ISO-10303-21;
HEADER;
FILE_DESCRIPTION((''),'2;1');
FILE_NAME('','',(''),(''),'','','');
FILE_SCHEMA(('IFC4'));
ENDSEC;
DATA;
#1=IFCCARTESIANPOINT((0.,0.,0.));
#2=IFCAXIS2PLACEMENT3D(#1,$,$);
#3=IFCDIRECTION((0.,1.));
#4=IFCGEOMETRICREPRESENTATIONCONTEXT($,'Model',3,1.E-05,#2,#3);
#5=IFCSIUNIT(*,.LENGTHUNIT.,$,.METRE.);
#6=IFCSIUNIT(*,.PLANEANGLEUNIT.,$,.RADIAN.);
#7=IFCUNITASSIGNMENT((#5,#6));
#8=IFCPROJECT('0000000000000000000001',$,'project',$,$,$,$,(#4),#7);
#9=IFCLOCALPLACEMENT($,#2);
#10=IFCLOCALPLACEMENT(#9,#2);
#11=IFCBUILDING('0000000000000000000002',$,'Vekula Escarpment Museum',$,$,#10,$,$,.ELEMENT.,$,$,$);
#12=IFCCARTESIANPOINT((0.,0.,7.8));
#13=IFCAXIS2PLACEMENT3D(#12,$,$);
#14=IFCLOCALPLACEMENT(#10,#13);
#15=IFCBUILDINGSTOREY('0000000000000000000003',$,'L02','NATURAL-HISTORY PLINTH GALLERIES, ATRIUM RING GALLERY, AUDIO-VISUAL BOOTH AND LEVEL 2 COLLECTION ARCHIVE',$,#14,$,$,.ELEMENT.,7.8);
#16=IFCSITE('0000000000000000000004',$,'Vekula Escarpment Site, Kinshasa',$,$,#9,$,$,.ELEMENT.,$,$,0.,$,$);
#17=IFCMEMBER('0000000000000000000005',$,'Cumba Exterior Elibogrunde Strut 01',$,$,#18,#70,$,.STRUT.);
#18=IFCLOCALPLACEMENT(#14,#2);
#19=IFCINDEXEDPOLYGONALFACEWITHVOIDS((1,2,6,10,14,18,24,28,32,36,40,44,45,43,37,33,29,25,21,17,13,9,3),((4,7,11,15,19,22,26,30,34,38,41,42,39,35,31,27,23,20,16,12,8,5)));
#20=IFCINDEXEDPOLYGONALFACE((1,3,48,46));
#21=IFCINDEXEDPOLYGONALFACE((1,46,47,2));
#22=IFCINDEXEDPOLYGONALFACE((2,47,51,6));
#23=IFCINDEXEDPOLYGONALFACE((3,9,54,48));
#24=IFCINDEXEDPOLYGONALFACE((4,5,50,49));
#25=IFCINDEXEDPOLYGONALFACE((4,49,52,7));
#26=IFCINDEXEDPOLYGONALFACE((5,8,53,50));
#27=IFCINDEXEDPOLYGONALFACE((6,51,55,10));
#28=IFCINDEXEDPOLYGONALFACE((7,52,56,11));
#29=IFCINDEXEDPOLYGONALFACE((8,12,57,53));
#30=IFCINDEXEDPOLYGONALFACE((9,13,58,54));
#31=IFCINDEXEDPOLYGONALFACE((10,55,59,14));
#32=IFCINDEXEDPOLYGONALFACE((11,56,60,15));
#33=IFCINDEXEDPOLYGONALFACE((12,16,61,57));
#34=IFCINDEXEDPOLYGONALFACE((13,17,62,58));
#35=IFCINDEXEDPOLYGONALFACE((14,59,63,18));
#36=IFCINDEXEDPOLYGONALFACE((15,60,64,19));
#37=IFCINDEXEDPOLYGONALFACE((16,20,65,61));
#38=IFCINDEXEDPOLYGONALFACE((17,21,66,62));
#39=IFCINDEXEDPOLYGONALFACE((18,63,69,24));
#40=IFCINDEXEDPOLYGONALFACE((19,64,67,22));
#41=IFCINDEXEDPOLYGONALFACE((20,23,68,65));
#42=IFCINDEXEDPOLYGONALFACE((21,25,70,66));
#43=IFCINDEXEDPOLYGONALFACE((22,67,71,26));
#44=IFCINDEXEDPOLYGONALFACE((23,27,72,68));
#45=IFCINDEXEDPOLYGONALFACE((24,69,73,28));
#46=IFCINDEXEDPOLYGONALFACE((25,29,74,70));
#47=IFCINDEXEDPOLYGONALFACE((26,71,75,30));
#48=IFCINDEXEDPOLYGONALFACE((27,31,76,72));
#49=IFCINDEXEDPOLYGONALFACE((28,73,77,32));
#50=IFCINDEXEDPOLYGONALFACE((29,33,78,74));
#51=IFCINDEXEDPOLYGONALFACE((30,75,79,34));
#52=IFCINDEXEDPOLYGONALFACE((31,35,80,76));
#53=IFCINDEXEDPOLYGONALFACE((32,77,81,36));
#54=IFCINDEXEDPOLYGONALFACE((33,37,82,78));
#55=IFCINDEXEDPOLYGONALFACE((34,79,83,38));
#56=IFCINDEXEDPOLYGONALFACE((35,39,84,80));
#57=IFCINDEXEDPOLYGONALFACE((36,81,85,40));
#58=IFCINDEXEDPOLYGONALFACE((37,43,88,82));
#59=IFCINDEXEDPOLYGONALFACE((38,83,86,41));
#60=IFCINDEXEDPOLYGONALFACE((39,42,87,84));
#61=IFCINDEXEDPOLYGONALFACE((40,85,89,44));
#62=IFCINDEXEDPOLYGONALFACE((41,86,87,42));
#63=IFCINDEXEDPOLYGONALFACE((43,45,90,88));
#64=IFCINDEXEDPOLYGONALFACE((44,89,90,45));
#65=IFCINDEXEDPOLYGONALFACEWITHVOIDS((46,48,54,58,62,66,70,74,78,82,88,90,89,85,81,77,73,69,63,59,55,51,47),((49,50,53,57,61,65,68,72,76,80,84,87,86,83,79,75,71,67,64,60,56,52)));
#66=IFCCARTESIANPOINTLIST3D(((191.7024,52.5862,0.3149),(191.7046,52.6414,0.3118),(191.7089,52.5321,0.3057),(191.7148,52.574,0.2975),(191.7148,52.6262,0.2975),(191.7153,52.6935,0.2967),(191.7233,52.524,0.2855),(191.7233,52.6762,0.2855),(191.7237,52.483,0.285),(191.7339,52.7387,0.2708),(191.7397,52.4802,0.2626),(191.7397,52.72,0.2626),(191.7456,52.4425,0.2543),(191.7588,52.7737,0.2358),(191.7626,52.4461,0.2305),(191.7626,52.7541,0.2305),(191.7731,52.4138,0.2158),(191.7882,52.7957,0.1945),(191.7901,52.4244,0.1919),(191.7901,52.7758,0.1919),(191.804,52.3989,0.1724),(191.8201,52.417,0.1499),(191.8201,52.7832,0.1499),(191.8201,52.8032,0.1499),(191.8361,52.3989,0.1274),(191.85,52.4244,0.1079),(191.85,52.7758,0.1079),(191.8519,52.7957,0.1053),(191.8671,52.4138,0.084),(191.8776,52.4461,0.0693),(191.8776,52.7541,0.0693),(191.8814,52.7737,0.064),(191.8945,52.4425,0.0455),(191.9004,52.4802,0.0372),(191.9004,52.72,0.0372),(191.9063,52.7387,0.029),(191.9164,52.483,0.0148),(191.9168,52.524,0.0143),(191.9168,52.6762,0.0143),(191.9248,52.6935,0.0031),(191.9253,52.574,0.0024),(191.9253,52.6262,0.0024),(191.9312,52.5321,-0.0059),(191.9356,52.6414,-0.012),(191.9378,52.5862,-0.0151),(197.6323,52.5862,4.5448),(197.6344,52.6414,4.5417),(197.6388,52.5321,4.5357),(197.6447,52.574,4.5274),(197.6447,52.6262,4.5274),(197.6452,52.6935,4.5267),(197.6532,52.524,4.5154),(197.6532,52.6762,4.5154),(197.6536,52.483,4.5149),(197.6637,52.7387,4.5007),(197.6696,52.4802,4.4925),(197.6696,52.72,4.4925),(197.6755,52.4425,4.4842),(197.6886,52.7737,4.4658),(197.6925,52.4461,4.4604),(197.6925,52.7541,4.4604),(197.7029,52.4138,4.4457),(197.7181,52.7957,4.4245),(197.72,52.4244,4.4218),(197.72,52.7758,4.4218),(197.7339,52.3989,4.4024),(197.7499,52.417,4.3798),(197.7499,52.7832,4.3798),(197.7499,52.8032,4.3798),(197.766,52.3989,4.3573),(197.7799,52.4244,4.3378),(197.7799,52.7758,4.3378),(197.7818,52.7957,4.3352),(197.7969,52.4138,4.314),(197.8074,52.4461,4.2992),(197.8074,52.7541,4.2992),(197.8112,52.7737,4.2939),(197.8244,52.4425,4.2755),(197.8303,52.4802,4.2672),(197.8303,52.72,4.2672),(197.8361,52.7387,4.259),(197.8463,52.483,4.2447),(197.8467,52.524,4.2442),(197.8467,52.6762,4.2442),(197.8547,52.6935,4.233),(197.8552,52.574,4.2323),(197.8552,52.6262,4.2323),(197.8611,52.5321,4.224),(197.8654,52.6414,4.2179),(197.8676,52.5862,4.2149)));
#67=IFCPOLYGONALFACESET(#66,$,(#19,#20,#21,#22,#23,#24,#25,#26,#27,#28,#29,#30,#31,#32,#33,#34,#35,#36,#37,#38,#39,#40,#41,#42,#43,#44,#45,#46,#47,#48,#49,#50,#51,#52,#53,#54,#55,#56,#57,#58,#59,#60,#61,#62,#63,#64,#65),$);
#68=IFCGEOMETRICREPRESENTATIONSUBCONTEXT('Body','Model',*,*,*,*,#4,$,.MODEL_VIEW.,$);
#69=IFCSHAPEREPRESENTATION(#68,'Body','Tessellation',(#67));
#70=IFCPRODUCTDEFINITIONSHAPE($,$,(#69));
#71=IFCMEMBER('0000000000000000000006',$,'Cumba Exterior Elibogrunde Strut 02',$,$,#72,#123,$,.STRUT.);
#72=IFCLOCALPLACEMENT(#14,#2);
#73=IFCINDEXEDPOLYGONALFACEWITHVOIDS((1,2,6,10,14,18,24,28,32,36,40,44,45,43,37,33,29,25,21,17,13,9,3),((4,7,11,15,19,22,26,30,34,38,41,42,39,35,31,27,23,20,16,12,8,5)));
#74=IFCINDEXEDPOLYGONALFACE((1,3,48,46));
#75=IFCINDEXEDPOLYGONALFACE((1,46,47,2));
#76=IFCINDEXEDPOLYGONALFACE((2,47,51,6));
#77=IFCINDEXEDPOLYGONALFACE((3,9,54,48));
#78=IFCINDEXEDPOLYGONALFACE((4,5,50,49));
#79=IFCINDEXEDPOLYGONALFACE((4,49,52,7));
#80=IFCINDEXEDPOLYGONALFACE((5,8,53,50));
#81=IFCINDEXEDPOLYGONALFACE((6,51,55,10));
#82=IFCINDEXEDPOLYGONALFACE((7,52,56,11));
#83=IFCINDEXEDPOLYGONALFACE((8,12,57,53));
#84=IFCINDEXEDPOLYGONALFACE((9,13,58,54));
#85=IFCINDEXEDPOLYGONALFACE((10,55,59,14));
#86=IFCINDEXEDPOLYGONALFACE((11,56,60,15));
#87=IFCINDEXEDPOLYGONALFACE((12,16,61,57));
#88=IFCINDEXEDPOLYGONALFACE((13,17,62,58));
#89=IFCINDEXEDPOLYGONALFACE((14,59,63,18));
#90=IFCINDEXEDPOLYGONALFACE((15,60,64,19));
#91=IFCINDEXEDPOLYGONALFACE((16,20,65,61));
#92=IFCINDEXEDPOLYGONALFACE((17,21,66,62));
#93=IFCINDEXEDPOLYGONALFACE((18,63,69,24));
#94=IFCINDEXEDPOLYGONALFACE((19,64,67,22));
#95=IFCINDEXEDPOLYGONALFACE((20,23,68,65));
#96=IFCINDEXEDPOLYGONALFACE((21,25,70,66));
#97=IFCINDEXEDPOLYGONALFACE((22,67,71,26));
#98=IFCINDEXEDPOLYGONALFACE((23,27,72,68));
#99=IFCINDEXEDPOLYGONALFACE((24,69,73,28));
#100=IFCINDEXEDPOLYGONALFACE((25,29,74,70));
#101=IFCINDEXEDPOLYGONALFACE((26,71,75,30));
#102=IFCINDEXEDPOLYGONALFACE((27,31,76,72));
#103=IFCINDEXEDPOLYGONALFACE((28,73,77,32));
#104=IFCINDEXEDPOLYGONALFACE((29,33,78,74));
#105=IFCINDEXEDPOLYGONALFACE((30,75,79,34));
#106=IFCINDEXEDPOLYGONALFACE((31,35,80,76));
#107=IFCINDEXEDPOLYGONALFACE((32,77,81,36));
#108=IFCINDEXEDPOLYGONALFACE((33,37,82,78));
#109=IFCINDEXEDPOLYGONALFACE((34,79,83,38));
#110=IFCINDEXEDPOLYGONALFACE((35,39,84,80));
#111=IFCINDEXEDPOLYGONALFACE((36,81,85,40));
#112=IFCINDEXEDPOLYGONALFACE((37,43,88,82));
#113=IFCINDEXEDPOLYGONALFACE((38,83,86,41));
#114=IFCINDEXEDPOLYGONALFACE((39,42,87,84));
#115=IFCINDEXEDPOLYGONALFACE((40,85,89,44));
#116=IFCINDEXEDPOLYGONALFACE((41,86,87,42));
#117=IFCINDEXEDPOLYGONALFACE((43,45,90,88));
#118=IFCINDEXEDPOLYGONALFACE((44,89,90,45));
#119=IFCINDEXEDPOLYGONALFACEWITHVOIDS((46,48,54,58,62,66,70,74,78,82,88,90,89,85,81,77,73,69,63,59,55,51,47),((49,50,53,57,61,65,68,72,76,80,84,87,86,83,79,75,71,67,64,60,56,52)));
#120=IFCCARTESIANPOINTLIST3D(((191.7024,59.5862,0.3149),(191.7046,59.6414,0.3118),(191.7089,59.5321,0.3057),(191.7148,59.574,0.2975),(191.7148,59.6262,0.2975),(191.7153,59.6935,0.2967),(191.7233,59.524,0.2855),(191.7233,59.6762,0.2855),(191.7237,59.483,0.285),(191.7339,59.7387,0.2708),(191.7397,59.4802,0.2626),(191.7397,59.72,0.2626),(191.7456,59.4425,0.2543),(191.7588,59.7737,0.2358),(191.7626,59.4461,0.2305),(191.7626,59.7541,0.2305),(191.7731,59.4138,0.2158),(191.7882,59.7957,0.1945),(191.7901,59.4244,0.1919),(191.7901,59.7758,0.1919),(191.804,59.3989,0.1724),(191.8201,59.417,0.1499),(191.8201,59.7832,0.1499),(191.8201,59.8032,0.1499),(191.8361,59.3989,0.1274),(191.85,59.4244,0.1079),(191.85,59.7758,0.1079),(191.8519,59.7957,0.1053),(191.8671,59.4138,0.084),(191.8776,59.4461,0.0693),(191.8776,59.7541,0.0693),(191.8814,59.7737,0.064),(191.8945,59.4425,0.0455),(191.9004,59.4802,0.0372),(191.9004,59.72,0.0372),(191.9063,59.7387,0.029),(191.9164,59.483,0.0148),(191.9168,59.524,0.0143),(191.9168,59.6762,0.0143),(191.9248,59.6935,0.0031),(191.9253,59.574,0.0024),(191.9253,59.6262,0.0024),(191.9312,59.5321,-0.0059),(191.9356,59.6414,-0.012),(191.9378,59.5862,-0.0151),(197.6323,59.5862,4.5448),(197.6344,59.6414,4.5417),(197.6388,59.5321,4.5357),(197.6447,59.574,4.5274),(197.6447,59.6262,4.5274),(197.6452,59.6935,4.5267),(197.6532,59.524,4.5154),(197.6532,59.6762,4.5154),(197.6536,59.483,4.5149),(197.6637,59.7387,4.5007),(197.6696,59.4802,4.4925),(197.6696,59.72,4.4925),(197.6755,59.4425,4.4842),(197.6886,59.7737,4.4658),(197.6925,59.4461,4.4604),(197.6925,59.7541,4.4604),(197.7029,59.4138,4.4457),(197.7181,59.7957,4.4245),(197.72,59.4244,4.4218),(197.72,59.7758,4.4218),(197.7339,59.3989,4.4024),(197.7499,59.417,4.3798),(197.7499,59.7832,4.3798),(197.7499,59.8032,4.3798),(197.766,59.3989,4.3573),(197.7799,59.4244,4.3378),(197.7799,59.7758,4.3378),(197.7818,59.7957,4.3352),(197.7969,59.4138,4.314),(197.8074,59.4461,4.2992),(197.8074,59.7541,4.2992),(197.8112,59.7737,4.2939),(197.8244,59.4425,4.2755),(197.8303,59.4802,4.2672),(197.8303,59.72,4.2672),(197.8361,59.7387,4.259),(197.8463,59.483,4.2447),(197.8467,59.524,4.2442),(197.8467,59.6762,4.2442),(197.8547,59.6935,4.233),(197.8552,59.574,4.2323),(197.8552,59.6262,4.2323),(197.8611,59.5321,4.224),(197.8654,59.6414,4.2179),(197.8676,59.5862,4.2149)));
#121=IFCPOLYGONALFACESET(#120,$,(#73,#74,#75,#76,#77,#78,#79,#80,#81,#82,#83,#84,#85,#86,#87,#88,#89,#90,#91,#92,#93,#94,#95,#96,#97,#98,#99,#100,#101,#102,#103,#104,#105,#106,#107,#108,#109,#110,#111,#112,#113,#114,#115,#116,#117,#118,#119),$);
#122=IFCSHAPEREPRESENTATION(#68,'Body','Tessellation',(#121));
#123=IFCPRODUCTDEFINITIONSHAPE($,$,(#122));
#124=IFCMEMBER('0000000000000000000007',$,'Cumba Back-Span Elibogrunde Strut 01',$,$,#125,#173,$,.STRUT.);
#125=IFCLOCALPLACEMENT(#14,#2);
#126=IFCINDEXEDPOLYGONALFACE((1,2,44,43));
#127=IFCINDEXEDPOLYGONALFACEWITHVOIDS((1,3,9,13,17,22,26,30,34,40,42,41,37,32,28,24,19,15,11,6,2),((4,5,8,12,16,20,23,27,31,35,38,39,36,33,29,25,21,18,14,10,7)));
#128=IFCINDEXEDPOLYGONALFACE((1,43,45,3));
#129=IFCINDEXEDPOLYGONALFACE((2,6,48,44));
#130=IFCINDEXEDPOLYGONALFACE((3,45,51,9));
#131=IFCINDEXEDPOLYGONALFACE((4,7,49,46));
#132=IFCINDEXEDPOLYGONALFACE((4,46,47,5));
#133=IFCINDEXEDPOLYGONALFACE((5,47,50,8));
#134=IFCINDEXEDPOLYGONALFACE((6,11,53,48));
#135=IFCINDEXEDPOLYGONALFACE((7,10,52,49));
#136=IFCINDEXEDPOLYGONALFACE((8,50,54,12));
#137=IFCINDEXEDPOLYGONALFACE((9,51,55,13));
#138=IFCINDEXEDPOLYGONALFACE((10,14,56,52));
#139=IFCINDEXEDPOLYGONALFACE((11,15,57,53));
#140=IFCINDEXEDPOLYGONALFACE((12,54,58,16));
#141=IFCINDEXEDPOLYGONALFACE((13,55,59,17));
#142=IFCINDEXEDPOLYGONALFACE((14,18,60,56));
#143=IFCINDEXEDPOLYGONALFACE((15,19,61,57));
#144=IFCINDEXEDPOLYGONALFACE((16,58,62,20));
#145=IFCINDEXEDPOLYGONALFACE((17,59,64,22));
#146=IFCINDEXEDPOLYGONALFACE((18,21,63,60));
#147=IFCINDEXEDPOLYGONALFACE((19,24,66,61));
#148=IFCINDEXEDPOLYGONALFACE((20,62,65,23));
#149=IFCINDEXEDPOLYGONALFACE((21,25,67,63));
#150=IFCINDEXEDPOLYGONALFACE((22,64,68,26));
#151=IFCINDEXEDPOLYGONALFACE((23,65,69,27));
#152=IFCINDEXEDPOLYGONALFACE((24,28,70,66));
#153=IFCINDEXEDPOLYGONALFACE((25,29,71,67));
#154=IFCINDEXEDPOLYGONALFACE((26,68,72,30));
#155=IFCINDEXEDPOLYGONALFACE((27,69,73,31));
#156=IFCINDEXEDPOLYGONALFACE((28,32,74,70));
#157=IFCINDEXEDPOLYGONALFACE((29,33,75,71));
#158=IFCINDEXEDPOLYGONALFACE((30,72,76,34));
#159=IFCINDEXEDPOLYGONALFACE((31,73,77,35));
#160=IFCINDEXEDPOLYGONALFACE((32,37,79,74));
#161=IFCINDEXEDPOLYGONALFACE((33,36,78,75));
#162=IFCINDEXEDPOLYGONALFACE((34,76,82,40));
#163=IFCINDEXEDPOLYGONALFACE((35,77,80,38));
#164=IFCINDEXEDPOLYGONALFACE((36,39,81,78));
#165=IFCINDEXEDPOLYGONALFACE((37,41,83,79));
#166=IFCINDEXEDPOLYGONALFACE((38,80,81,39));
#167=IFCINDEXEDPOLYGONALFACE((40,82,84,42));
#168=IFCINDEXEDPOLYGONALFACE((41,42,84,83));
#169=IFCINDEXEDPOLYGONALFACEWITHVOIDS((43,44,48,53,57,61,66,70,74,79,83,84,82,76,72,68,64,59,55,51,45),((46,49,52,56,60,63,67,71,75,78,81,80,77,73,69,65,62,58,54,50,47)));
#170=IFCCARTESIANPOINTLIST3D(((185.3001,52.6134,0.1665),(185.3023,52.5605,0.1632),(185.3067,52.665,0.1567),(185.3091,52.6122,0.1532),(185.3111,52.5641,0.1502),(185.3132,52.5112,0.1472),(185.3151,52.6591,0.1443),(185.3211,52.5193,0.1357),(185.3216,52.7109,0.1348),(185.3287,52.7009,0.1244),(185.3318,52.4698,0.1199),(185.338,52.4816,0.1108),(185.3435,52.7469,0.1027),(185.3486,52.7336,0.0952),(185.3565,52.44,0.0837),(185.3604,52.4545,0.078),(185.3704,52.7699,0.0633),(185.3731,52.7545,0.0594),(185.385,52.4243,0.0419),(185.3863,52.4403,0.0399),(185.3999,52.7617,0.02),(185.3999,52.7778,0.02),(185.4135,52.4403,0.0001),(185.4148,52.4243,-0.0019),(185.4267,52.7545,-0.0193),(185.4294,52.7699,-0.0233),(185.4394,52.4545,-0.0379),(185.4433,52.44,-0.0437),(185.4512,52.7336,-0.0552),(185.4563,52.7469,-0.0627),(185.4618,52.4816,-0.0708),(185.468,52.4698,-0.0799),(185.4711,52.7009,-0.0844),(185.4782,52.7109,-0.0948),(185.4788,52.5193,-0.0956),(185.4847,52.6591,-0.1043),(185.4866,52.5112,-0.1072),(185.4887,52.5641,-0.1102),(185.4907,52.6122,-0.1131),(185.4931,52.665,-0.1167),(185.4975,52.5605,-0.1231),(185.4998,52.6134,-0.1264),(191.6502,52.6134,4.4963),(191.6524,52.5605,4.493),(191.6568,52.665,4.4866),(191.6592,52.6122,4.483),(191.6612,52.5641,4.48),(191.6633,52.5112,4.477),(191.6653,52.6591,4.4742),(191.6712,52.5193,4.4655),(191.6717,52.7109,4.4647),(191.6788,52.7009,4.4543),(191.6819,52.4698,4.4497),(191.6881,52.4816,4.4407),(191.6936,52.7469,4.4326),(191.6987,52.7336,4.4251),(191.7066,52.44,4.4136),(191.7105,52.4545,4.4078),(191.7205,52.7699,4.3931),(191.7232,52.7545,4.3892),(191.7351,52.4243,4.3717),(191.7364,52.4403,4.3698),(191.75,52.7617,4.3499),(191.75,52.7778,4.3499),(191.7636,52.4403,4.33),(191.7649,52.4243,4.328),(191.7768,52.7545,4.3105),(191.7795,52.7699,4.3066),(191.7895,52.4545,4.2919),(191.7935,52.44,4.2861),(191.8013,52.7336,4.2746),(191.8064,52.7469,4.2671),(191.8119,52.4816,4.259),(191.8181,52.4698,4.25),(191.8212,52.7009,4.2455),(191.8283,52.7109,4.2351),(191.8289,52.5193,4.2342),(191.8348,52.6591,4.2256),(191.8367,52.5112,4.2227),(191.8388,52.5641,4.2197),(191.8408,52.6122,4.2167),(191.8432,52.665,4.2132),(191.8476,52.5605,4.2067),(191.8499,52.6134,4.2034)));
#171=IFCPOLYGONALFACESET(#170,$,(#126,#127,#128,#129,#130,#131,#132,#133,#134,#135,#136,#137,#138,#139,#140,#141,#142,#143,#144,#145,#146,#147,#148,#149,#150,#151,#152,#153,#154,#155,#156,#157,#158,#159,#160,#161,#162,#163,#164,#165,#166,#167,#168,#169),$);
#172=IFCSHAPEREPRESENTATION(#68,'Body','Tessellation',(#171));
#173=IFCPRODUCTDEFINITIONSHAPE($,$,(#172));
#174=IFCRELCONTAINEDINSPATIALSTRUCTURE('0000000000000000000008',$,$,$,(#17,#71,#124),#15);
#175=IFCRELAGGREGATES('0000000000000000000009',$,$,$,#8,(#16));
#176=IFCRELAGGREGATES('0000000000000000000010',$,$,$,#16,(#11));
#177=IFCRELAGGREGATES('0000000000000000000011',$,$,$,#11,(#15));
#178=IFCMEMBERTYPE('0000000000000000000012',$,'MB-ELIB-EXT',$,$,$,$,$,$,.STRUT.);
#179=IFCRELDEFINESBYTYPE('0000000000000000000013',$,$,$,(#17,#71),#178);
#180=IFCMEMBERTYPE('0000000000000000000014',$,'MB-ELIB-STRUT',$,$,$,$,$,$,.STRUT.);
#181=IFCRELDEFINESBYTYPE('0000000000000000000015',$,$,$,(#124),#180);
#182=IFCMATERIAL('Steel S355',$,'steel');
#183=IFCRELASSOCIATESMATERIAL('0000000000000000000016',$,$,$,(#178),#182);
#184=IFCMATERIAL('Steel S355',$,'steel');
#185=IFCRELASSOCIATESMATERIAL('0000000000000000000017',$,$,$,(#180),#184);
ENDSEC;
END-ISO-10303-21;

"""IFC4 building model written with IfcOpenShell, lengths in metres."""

from ifc_helpers import new_model, si_unit, direction, frame, origin, origin_2d, place, context, subcontext, project, spatial, hollow_circle, extrude, material, material_profile, profile_set, type_object, element, save


model = new_model("IFC4")

# Units and contexts
model_context = context("Model", 3, precision=1e-05, world=origin(), true_north=direction((0.0, 1.0)))
body_context = subcontext(model_context, "Body", "Model", "MODEL_VIEW")
ifc_project = project(units=[si_unit("LENGTHUNIT", "METRE"), si_unit("PLANEANGLEUNIT", "RADIAN")], contexts=[model_context])

# Site, building, storey
site_placement = place(None, origin())
site = spatial("IfcSite", under=ifc_project, at=site_placement, Name="Vekula Escarpment Site, Kinshasa", CompositionType="ELEMENT", RefElevation=0.0)
building_placement = place(site_placement, origin())
building = spatial("IfcBuilding", under=site, at=building_placement, Name="Vekula Escarpment Museum", CompositionType="ELEMENT")
storey_placement = place(building_placement, frame((0.0, 0.0, 7.8)))
storey = spatial("IfcBuildingStorey", under=building, at=storey_placement, Name="L02", Description="NATURAL-HISTORY PLINTH GALLERIES, ATRIUM RING GALLERY, AUDIO-VISUAL BOOTH AND LEVEL 2 COLLECTION ARCHIVE", CompositionType="ELEMENT", Elevation=7.8)

# Members
ifc_material_1 = material(Name="Steel S355", Category="steel")
ifc_material_profile_1 = material_profile(ifc_material_1, hollow_circle(Radius=0.2031, WallThickness=0.02, at=origin_2d()), Name="CHS 406.4x20")
ifc_profile_set_1 = profile_set([ifc_material_profile_1], Name="Steel S355")
member_type_1 = type_object("IfcMemberType", Name="MB-ELIB-EXT", PredefinedType="STRUT", material=ifc_profile_set_1)
for number, where, z_axis, x_axis, name in (
    (1, (191.8201, 52.6001, 0.1499), (0.814102, 0.0, 0.580721), (0.0, 1.0, 0.0), "Cumba Exterior Elibogrunde Strut 01"),
    (2, (191.8201, 59.6001, 0.1499), (0.814102, 0.0, 0.580721), (0.0, 1.0, 0.0), "Cumba Exterior Elibogrunde Strut 02"),
):
    element("IfcMember", number, at=place(storey_placement, frame(where, z_axis=z_axis, x_axis=x_axis)), inside=storey, type_object=member_type_1, Name=name, PredefinedType="STRUT", context=body_context, shape_type="SweptSolid", body=[
        extrude(hollow_circle(Radius=0.2031, WallThickness=0.02, at=origin_2d()), origin(), (0.0, 0.0, 1.0), 7.2839),
    ])
ifc_material_2 = material(Name="Steel S355", Category="steel")
ifc_material_profile_2 = material_profile(ifc_material_2, hollow_circle(Radius=0.1777, WallThickness=0.0161, at=origin_2d()), Name="CHS 355.6x16")
ifc_profile_set_2 = profile_set([ifc_material_profile_2], Name="Steel S355")
member_type_2 = type_object("IfcMemberType", Name="MB-ELIB-STRUT", PredefinedType="STRUT", material=ifc_profile_set_2)
member_1_placement = place(storey_placement, frame((185.3999, 52.6001, 0.02), z_axis=(0.826214, 0.0, 0.563357), x_axis=(0.0, 1.0, 0.0)))
element("IfcMember", 3, at=member_1_placement, inside=storey, type_object=member_type_2, Name="Cumba Back-Span Elibogrunde Strut 01", PredefinedType="STRUT", context=body_context, shape_type="SweptSolid", body=[
    extrude(hollow_circle(Radius=0.1777, WallThickness=0.0161, at=origin_2d()), origin(), (0.0, 0.0, 1.0), 7.6858),
])

save(model, "model.ifc")
